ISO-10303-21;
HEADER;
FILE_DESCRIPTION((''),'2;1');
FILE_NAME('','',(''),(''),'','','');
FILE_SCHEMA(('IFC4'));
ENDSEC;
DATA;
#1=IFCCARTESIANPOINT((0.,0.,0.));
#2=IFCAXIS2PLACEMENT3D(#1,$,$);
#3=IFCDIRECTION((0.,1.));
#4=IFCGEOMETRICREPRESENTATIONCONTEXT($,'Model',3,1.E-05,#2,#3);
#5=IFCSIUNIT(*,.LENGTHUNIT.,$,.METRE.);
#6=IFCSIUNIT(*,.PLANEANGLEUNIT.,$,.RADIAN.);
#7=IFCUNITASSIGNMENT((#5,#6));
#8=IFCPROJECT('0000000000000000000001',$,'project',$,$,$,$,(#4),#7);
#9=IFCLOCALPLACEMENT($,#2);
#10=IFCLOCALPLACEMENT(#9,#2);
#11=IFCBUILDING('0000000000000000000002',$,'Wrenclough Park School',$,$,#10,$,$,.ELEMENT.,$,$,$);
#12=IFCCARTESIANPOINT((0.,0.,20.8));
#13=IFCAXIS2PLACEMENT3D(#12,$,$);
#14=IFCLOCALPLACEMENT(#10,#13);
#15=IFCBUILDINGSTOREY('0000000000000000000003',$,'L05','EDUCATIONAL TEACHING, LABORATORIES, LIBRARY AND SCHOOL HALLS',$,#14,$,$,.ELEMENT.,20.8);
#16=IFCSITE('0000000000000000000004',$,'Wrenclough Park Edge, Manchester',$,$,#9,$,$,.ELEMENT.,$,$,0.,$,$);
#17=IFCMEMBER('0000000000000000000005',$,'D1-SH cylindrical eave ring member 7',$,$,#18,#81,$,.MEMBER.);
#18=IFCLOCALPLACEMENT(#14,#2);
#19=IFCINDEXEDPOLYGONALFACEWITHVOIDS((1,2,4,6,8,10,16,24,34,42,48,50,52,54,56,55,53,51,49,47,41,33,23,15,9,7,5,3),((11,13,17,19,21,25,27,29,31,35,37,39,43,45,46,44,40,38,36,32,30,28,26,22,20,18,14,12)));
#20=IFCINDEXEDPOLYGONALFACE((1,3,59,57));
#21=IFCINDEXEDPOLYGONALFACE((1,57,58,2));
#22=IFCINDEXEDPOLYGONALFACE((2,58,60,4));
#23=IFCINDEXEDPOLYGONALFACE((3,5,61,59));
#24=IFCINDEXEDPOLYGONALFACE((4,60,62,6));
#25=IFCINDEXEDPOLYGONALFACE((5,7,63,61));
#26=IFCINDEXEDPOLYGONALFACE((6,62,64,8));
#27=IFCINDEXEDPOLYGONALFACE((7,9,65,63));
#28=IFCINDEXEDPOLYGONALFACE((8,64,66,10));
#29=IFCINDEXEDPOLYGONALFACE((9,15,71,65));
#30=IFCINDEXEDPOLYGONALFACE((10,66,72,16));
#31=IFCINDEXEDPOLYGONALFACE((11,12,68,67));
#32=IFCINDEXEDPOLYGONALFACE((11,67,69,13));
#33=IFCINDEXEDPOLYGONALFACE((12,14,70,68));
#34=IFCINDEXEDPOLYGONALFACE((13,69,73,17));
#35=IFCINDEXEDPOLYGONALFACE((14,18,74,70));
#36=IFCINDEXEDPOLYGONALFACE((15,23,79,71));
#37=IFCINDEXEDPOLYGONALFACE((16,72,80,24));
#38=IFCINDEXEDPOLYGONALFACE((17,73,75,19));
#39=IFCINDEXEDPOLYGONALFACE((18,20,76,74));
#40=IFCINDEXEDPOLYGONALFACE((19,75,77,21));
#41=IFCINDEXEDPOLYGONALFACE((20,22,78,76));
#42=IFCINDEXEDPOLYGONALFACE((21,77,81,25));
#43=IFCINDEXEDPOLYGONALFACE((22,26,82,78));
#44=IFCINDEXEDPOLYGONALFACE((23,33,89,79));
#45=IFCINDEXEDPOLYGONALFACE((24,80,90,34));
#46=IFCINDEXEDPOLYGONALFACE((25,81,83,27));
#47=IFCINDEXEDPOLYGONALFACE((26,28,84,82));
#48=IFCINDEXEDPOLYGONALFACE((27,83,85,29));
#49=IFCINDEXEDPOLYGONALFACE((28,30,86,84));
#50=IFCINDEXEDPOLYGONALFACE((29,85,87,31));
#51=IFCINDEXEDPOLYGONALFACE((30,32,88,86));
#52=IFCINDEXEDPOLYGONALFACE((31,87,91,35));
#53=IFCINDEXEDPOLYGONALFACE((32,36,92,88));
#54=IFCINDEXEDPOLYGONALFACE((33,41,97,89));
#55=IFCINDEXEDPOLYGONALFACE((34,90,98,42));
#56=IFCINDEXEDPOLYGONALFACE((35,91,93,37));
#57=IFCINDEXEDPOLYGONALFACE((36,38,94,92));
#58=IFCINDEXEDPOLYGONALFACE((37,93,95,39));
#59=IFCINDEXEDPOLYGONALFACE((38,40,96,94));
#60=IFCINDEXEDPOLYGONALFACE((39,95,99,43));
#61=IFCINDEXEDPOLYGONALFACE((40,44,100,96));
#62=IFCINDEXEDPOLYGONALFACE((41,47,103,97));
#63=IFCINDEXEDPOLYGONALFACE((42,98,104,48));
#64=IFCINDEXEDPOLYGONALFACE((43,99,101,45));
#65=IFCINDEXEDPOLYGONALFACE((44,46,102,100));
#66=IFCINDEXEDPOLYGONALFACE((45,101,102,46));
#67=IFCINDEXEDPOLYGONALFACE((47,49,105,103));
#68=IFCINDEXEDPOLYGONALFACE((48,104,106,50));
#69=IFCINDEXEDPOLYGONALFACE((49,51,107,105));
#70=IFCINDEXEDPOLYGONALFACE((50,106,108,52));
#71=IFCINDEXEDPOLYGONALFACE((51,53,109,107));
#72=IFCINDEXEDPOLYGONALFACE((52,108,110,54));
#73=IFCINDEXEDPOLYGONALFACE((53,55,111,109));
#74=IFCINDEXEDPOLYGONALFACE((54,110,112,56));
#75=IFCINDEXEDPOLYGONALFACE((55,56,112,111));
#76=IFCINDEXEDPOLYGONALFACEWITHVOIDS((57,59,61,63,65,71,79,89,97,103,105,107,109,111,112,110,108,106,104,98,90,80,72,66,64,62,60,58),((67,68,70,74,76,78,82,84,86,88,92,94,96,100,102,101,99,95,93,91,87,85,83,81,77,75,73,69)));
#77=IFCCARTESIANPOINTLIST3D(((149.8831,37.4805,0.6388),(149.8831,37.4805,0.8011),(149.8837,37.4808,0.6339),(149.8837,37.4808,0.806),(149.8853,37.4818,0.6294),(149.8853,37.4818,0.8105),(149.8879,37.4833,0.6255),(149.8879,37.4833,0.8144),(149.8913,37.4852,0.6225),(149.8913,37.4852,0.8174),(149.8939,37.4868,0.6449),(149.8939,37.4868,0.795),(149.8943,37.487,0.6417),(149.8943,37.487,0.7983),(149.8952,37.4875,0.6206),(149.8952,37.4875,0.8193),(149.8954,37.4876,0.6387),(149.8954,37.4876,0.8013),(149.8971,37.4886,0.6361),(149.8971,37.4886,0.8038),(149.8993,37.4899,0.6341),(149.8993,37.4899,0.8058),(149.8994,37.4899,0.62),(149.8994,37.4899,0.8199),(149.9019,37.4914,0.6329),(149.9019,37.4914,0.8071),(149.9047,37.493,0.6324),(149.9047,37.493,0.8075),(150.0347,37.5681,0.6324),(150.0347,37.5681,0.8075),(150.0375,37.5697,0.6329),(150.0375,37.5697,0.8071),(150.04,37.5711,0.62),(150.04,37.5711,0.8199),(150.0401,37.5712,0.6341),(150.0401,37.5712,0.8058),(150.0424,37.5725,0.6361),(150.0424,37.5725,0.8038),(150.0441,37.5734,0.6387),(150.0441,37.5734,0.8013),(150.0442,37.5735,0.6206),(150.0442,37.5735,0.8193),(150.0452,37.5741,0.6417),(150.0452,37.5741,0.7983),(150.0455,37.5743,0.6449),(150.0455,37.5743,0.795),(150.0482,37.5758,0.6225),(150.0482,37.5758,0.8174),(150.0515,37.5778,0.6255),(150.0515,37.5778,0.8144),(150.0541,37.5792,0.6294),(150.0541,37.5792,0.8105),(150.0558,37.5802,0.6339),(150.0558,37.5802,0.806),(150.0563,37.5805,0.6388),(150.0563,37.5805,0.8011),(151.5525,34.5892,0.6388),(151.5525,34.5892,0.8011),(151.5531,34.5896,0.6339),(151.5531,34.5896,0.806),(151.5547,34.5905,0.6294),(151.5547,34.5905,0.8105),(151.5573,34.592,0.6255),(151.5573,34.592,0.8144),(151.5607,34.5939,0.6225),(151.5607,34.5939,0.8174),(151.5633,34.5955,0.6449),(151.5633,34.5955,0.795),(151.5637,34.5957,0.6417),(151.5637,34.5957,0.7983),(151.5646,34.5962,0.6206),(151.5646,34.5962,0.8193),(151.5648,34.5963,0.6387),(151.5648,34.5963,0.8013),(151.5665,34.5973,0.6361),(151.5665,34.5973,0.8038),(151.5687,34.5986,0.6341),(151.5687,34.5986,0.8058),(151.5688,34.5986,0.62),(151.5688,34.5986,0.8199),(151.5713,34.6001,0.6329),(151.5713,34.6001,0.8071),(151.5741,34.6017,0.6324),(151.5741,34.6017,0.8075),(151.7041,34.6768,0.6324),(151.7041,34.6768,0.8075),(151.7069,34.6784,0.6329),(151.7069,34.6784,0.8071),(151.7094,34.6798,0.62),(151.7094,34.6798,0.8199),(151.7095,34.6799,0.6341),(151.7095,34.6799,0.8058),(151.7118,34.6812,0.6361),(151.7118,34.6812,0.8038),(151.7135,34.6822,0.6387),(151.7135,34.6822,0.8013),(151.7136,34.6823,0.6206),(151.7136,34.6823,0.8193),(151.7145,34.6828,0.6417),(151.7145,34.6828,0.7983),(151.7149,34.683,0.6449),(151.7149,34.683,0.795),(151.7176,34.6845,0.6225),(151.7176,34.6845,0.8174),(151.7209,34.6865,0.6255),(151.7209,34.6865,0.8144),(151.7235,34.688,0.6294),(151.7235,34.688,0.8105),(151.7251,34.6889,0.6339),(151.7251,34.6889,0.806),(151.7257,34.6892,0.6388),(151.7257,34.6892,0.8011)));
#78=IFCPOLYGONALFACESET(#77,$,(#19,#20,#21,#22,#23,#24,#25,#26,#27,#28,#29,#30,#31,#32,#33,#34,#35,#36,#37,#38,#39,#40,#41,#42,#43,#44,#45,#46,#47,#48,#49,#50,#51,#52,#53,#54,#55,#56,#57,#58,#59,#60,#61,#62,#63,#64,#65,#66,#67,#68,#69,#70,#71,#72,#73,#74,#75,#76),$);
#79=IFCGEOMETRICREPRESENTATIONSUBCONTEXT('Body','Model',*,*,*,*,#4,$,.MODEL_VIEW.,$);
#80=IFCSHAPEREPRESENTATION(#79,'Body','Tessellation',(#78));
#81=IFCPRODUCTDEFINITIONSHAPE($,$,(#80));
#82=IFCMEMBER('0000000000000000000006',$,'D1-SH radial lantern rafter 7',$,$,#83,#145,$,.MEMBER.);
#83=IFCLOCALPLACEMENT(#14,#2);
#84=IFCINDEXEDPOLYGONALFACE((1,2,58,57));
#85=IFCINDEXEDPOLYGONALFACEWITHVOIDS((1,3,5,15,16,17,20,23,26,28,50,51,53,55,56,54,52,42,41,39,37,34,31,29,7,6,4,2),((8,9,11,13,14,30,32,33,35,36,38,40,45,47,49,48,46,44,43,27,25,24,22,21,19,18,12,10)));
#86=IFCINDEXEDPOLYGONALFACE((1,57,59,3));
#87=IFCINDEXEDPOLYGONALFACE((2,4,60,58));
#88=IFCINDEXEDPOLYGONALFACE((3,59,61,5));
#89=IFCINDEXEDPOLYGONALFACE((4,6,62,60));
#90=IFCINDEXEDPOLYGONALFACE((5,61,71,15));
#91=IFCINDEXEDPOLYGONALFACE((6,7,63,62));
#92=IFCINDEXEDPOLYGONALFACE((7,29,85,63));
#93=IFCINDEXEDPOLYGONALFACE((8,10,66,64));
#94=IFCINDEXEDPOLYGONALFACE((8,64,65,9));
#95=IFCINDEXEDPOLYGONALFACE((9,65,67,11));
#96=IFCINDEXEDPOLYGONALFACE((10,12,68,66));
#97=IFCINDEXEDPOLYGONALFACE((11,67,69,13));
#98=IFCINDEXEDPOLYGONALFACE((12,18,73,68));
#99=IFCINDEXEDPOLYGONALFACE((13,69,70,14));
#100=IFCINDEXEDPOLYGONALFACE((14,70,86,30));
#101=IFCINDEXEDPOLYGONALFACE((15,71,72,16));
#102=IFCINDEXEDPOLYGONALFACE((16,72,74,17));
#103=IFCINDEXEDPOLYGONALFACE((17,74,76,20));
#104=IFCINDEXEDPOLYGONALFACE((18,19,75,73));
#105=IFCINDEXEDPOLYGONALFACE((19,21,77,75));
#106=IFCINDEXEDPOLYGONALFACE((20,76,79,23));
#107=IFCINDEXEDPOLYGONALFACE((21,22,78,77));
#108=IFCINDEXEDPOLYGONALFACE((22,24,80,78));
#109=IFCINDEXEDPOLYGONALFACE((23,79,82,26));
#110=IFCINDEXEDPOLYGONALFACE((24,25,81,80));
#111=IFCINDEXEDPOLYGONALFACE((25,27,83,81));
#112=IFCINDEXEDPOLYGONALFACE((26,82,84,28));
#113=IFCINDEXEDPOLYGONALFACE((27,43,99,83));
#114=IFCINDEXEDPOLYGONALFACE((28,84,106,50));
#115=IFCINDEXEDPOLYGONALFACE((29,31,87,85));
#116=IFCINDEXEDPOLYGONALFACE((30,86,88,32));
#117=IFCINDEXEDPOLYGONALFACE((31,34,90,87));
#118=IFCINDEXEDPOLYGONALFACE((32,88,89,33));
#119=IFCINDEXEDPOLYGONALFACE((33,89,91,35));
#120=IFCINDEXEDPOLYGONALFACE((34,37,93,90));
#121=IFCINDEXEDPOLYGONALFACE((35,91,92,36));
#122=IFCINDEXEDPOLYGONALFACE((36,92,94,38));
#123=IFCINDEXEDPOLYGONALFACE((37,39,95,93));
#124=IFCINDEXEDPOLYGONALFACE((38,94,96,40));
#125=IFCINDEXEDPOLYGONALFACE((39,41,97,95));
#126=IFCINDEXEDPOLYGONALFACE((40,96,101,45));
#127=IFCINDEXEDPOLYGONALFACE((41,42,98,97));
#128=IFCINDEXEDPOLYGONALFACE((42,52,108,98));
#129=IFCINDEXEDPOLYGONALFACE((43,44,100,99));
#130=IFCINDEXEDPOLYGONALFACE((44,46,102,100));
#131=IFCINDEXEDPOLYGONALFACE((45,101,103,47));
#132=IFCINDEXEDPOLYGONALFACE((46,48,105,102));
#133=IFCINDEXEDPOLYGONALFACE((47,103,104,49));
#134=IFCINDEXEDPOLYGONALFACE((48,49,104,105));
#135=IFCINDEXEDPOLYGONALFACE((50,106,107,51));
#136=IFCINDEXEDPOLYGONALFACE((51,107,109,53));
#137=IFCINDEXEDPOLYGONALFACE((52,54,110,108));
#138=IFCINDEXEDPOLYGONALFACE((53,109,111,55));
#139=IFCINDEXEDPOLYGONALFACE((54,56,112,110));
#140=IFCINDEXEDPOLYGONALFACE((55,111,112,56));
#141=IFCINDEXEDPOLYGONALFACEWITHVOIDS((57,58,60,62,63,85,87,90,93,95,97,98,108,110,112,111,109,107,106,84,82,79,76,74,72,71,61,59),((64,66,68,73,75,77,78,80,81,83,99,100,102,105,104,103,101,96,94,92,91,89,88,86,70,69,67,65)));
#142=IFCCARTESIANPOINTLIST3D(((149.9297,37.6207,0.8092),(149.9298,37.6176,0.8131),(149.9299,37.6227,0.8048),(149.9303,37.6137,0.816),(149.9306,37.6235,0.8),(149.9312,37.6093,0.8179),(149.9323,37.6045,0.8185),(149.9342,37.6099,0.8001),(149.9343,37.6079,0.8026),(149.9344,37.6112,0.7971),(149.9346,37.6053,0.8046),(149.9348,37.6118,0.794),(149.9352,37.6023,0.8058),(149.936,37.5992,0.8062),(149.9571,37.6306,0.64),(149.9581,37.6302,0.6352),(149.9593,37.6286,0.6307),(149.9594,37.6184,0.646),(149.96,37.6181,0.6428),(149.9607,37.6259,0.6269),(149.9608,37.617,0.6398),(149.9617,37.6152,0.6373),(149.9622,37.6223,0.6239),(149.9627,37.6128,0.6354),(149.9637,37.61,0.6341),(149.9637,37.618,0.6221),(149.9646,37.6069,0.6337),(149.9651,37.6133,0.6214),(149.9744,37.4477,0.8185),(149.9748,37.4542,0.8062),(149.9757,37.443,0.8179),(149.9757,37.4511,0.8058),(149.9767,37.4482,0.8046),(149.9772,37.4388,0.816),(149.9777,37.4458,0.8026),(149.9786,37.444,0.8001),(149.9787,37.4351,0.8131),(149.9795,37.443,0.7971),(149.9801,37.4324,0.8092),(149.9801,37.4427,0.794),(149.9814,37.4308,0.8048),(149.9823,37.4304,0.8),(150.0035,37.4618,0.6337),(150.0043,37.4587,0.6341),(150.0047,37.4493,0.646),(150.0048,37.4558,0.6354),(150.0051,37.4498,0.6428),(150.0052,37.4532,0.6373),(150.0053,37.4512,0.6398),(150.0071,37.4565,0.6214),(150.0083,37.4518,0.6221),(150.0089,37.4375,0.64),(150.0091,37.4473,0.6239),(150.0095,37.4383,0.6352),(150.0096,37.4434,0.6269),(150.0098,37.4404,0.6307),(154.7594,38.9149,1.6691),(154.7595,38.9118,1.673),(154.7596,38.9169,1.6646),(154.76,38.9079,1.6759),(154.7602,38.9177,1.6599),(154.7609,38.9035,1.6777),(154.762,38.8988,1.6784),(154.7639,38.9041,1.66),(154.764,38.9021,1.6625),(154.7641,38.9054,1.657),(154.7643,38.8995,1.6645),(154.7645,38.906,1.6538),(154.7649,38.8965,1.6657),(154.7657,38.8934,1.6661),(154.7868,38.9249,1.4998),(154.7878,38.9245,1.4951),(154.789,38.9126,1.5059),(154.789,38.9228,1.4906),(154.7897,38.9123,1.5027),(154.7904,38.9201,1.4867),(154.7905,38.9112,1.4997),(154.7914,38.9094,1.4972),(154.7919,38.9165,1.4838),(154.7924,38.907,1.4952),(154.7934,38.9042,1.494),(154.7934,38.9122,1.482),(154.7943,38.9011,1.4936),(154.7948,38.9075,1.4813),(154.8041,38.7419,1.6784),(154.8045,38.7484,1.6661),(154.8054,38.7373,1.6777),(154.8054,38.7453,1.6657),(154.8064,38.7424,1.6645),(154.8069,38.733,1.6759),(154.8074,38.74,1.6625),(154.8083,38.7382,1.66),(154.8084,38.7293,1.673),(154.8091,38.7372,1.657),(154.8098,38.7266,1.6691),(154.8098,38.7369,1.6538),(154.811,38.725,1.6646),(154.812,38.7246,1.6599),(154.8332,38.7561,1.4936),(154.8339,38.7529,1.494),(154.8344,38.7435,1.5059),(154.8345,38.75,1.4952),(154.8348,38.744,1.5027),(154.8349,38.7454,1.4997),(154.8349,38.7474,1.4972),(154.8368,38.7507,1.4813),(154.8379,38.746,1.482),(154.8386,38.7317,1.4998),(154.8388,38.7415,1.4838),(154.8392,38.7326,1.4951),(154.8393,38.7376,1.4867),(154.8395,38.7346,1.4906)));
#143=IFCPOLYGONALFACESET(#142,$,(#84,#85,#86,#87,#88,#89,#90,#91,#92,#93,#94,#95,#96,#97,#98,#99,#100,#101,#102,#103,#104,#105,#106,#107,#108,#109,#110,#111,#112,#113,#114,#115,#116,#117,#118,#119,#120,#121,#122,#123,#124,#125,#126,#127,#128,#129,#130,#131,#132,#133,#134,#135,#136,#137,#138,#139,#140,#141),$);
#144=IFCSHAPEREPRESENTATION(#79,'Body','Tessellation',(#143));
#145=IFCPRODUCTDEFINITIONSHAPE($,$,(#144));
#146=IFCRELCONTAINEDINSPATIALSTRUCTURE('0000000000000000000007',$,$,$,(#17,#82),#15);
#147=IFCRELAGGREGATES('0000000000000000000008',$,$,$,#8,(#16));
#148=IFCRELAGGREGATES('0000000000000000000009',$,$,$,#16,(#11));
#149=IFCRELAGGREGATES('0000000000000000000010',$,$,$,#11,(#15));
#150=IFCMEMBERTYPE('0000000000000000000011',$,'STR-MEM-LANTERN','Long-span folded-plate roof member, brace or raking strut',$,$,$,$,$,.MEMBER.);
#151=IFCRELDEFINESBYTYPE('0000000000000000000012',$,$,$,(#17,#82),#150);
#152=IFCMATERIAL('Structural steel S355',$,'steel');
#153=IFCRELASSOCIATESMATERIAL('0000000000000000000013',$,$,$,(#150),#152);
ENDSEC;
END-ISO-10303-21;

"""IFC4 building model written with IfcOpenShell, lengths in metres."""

from ifc_helpers import new_model, si_unit, direction, frame, origin, origin_2d, place, context, subcontext, project, spatial, hollow_rectangle, extrude, material, material_profile, profile_set, type_object, element, save


model = new_model("IFC4")

# Units and contexts
model_context = context("Model", 3, precision=1e-05, world=origin(), true_north=direction((0.0, 1.0)))
body_context = subcontext(model_context, "Body", "Model", "MODEL_VIEW")
ifc_project = project(units=[si_unit("LENGTHUNIT", "METRE"), si_unit("PLANEANGLEUNIT", "RADIAN")], contexts=[model_context])

# Site, building, storey
site_placement = place(None, origin())
site = spatial("IfcSite", under=ifc_project, at=site_placement, Name="Wrenclough Park Edge, Manchester", CompositionType="ELEMENT", RefElevation=0.0)
building_placement = place(site_placement, origin())
building = spatial("IfcBuilding", under=site, at=building_placement, Name="Wrenclough Park School", CompositionType="ELEMENT")
storey_placement = place(building_placement, frame((0.0, 0.0, 20.8)))
storey = spatial("IfcBuildingStorey", under=building, at=storey_placement, Name="L05", Description="EDUCATIONAL TEACHING, LABORATORIES, LIBRARY AND SCHOOL HALLS", CompositionType="ELEMENT", Elevation=20.8)

# Shared definitions
ifc_material_1 = material(Name="Structural steel S355", Category="steel")

# Members
ifc_material_profile_1 = material_profile(ifc_material_1, hollow_rectangle(XDim=0.2, YDim=0.2, WallThickness=0.0125, InnerFilletRadius=0.0125, OuterFilletRadius=0.0188, at=origin_2d()), Name="SHS 200x200x12.5")
ifc_profile_set_1 = profile_set([ifc_material_profile_1], Name="Structural steel S355")
member_type_1 = type_object("IfcMemberType", Name="STR-MEM-LANTERN", Description="Long-span folded-plate roof member, brace or raking strut", PredefinedType="MEMBER", material=ifc_profile_set_1)
member_1_placement = place(storey_placement, frame((149.9697, 37.5305, 0.72), z_axis=(0.500024, -0.866011, 0.0), x_axis=(0.866011, 0.500024, 0.0)))
element("IfcMember", 1, at=member_1_placement, inside=storey, type_object=member_type_1, Name="D1-SH cylindrical eave ring member 7", PredefinedType="MEMBER", context=body_context, shape_type="SweptSolid", body=[
    extrude(hollow_rectangle(XDim=0.2, YDim=0.2, WallThickness=0.0125, InnerFilletRadius=0.0125, OuterFilletRadius=0.0188, at=origin_2d()), origin(), (0.0, 0.0, 1.0), 3.3386),
])
member_2_placement = place(storey_placement, frame((149.9697, 37.5305, 0.72), z_axis=(0.951946, 0.255094, 0.169485), x_axis=(-0.258839, 0.965921, 0.0)))
element("IfcMember", 2, at=member_2_placement, inside=storey, type_object=member_type_1, Name="D1-SH radial lantern rafter 7", PredefinedType="MEMBER", context=body_context, shape_type="SweptSolid", body=[
    extrude(hollow_rectangle(XDim=0.2, YDim=0.2, WallThickness=0.0125, InnerFilletRadius=0.0125, OuterFilletRadius=0.0188, at=origin_2d()), origin(), (0.0, 0.0, 1.0), 5.0735),
])

save(model, "model.ifc")
